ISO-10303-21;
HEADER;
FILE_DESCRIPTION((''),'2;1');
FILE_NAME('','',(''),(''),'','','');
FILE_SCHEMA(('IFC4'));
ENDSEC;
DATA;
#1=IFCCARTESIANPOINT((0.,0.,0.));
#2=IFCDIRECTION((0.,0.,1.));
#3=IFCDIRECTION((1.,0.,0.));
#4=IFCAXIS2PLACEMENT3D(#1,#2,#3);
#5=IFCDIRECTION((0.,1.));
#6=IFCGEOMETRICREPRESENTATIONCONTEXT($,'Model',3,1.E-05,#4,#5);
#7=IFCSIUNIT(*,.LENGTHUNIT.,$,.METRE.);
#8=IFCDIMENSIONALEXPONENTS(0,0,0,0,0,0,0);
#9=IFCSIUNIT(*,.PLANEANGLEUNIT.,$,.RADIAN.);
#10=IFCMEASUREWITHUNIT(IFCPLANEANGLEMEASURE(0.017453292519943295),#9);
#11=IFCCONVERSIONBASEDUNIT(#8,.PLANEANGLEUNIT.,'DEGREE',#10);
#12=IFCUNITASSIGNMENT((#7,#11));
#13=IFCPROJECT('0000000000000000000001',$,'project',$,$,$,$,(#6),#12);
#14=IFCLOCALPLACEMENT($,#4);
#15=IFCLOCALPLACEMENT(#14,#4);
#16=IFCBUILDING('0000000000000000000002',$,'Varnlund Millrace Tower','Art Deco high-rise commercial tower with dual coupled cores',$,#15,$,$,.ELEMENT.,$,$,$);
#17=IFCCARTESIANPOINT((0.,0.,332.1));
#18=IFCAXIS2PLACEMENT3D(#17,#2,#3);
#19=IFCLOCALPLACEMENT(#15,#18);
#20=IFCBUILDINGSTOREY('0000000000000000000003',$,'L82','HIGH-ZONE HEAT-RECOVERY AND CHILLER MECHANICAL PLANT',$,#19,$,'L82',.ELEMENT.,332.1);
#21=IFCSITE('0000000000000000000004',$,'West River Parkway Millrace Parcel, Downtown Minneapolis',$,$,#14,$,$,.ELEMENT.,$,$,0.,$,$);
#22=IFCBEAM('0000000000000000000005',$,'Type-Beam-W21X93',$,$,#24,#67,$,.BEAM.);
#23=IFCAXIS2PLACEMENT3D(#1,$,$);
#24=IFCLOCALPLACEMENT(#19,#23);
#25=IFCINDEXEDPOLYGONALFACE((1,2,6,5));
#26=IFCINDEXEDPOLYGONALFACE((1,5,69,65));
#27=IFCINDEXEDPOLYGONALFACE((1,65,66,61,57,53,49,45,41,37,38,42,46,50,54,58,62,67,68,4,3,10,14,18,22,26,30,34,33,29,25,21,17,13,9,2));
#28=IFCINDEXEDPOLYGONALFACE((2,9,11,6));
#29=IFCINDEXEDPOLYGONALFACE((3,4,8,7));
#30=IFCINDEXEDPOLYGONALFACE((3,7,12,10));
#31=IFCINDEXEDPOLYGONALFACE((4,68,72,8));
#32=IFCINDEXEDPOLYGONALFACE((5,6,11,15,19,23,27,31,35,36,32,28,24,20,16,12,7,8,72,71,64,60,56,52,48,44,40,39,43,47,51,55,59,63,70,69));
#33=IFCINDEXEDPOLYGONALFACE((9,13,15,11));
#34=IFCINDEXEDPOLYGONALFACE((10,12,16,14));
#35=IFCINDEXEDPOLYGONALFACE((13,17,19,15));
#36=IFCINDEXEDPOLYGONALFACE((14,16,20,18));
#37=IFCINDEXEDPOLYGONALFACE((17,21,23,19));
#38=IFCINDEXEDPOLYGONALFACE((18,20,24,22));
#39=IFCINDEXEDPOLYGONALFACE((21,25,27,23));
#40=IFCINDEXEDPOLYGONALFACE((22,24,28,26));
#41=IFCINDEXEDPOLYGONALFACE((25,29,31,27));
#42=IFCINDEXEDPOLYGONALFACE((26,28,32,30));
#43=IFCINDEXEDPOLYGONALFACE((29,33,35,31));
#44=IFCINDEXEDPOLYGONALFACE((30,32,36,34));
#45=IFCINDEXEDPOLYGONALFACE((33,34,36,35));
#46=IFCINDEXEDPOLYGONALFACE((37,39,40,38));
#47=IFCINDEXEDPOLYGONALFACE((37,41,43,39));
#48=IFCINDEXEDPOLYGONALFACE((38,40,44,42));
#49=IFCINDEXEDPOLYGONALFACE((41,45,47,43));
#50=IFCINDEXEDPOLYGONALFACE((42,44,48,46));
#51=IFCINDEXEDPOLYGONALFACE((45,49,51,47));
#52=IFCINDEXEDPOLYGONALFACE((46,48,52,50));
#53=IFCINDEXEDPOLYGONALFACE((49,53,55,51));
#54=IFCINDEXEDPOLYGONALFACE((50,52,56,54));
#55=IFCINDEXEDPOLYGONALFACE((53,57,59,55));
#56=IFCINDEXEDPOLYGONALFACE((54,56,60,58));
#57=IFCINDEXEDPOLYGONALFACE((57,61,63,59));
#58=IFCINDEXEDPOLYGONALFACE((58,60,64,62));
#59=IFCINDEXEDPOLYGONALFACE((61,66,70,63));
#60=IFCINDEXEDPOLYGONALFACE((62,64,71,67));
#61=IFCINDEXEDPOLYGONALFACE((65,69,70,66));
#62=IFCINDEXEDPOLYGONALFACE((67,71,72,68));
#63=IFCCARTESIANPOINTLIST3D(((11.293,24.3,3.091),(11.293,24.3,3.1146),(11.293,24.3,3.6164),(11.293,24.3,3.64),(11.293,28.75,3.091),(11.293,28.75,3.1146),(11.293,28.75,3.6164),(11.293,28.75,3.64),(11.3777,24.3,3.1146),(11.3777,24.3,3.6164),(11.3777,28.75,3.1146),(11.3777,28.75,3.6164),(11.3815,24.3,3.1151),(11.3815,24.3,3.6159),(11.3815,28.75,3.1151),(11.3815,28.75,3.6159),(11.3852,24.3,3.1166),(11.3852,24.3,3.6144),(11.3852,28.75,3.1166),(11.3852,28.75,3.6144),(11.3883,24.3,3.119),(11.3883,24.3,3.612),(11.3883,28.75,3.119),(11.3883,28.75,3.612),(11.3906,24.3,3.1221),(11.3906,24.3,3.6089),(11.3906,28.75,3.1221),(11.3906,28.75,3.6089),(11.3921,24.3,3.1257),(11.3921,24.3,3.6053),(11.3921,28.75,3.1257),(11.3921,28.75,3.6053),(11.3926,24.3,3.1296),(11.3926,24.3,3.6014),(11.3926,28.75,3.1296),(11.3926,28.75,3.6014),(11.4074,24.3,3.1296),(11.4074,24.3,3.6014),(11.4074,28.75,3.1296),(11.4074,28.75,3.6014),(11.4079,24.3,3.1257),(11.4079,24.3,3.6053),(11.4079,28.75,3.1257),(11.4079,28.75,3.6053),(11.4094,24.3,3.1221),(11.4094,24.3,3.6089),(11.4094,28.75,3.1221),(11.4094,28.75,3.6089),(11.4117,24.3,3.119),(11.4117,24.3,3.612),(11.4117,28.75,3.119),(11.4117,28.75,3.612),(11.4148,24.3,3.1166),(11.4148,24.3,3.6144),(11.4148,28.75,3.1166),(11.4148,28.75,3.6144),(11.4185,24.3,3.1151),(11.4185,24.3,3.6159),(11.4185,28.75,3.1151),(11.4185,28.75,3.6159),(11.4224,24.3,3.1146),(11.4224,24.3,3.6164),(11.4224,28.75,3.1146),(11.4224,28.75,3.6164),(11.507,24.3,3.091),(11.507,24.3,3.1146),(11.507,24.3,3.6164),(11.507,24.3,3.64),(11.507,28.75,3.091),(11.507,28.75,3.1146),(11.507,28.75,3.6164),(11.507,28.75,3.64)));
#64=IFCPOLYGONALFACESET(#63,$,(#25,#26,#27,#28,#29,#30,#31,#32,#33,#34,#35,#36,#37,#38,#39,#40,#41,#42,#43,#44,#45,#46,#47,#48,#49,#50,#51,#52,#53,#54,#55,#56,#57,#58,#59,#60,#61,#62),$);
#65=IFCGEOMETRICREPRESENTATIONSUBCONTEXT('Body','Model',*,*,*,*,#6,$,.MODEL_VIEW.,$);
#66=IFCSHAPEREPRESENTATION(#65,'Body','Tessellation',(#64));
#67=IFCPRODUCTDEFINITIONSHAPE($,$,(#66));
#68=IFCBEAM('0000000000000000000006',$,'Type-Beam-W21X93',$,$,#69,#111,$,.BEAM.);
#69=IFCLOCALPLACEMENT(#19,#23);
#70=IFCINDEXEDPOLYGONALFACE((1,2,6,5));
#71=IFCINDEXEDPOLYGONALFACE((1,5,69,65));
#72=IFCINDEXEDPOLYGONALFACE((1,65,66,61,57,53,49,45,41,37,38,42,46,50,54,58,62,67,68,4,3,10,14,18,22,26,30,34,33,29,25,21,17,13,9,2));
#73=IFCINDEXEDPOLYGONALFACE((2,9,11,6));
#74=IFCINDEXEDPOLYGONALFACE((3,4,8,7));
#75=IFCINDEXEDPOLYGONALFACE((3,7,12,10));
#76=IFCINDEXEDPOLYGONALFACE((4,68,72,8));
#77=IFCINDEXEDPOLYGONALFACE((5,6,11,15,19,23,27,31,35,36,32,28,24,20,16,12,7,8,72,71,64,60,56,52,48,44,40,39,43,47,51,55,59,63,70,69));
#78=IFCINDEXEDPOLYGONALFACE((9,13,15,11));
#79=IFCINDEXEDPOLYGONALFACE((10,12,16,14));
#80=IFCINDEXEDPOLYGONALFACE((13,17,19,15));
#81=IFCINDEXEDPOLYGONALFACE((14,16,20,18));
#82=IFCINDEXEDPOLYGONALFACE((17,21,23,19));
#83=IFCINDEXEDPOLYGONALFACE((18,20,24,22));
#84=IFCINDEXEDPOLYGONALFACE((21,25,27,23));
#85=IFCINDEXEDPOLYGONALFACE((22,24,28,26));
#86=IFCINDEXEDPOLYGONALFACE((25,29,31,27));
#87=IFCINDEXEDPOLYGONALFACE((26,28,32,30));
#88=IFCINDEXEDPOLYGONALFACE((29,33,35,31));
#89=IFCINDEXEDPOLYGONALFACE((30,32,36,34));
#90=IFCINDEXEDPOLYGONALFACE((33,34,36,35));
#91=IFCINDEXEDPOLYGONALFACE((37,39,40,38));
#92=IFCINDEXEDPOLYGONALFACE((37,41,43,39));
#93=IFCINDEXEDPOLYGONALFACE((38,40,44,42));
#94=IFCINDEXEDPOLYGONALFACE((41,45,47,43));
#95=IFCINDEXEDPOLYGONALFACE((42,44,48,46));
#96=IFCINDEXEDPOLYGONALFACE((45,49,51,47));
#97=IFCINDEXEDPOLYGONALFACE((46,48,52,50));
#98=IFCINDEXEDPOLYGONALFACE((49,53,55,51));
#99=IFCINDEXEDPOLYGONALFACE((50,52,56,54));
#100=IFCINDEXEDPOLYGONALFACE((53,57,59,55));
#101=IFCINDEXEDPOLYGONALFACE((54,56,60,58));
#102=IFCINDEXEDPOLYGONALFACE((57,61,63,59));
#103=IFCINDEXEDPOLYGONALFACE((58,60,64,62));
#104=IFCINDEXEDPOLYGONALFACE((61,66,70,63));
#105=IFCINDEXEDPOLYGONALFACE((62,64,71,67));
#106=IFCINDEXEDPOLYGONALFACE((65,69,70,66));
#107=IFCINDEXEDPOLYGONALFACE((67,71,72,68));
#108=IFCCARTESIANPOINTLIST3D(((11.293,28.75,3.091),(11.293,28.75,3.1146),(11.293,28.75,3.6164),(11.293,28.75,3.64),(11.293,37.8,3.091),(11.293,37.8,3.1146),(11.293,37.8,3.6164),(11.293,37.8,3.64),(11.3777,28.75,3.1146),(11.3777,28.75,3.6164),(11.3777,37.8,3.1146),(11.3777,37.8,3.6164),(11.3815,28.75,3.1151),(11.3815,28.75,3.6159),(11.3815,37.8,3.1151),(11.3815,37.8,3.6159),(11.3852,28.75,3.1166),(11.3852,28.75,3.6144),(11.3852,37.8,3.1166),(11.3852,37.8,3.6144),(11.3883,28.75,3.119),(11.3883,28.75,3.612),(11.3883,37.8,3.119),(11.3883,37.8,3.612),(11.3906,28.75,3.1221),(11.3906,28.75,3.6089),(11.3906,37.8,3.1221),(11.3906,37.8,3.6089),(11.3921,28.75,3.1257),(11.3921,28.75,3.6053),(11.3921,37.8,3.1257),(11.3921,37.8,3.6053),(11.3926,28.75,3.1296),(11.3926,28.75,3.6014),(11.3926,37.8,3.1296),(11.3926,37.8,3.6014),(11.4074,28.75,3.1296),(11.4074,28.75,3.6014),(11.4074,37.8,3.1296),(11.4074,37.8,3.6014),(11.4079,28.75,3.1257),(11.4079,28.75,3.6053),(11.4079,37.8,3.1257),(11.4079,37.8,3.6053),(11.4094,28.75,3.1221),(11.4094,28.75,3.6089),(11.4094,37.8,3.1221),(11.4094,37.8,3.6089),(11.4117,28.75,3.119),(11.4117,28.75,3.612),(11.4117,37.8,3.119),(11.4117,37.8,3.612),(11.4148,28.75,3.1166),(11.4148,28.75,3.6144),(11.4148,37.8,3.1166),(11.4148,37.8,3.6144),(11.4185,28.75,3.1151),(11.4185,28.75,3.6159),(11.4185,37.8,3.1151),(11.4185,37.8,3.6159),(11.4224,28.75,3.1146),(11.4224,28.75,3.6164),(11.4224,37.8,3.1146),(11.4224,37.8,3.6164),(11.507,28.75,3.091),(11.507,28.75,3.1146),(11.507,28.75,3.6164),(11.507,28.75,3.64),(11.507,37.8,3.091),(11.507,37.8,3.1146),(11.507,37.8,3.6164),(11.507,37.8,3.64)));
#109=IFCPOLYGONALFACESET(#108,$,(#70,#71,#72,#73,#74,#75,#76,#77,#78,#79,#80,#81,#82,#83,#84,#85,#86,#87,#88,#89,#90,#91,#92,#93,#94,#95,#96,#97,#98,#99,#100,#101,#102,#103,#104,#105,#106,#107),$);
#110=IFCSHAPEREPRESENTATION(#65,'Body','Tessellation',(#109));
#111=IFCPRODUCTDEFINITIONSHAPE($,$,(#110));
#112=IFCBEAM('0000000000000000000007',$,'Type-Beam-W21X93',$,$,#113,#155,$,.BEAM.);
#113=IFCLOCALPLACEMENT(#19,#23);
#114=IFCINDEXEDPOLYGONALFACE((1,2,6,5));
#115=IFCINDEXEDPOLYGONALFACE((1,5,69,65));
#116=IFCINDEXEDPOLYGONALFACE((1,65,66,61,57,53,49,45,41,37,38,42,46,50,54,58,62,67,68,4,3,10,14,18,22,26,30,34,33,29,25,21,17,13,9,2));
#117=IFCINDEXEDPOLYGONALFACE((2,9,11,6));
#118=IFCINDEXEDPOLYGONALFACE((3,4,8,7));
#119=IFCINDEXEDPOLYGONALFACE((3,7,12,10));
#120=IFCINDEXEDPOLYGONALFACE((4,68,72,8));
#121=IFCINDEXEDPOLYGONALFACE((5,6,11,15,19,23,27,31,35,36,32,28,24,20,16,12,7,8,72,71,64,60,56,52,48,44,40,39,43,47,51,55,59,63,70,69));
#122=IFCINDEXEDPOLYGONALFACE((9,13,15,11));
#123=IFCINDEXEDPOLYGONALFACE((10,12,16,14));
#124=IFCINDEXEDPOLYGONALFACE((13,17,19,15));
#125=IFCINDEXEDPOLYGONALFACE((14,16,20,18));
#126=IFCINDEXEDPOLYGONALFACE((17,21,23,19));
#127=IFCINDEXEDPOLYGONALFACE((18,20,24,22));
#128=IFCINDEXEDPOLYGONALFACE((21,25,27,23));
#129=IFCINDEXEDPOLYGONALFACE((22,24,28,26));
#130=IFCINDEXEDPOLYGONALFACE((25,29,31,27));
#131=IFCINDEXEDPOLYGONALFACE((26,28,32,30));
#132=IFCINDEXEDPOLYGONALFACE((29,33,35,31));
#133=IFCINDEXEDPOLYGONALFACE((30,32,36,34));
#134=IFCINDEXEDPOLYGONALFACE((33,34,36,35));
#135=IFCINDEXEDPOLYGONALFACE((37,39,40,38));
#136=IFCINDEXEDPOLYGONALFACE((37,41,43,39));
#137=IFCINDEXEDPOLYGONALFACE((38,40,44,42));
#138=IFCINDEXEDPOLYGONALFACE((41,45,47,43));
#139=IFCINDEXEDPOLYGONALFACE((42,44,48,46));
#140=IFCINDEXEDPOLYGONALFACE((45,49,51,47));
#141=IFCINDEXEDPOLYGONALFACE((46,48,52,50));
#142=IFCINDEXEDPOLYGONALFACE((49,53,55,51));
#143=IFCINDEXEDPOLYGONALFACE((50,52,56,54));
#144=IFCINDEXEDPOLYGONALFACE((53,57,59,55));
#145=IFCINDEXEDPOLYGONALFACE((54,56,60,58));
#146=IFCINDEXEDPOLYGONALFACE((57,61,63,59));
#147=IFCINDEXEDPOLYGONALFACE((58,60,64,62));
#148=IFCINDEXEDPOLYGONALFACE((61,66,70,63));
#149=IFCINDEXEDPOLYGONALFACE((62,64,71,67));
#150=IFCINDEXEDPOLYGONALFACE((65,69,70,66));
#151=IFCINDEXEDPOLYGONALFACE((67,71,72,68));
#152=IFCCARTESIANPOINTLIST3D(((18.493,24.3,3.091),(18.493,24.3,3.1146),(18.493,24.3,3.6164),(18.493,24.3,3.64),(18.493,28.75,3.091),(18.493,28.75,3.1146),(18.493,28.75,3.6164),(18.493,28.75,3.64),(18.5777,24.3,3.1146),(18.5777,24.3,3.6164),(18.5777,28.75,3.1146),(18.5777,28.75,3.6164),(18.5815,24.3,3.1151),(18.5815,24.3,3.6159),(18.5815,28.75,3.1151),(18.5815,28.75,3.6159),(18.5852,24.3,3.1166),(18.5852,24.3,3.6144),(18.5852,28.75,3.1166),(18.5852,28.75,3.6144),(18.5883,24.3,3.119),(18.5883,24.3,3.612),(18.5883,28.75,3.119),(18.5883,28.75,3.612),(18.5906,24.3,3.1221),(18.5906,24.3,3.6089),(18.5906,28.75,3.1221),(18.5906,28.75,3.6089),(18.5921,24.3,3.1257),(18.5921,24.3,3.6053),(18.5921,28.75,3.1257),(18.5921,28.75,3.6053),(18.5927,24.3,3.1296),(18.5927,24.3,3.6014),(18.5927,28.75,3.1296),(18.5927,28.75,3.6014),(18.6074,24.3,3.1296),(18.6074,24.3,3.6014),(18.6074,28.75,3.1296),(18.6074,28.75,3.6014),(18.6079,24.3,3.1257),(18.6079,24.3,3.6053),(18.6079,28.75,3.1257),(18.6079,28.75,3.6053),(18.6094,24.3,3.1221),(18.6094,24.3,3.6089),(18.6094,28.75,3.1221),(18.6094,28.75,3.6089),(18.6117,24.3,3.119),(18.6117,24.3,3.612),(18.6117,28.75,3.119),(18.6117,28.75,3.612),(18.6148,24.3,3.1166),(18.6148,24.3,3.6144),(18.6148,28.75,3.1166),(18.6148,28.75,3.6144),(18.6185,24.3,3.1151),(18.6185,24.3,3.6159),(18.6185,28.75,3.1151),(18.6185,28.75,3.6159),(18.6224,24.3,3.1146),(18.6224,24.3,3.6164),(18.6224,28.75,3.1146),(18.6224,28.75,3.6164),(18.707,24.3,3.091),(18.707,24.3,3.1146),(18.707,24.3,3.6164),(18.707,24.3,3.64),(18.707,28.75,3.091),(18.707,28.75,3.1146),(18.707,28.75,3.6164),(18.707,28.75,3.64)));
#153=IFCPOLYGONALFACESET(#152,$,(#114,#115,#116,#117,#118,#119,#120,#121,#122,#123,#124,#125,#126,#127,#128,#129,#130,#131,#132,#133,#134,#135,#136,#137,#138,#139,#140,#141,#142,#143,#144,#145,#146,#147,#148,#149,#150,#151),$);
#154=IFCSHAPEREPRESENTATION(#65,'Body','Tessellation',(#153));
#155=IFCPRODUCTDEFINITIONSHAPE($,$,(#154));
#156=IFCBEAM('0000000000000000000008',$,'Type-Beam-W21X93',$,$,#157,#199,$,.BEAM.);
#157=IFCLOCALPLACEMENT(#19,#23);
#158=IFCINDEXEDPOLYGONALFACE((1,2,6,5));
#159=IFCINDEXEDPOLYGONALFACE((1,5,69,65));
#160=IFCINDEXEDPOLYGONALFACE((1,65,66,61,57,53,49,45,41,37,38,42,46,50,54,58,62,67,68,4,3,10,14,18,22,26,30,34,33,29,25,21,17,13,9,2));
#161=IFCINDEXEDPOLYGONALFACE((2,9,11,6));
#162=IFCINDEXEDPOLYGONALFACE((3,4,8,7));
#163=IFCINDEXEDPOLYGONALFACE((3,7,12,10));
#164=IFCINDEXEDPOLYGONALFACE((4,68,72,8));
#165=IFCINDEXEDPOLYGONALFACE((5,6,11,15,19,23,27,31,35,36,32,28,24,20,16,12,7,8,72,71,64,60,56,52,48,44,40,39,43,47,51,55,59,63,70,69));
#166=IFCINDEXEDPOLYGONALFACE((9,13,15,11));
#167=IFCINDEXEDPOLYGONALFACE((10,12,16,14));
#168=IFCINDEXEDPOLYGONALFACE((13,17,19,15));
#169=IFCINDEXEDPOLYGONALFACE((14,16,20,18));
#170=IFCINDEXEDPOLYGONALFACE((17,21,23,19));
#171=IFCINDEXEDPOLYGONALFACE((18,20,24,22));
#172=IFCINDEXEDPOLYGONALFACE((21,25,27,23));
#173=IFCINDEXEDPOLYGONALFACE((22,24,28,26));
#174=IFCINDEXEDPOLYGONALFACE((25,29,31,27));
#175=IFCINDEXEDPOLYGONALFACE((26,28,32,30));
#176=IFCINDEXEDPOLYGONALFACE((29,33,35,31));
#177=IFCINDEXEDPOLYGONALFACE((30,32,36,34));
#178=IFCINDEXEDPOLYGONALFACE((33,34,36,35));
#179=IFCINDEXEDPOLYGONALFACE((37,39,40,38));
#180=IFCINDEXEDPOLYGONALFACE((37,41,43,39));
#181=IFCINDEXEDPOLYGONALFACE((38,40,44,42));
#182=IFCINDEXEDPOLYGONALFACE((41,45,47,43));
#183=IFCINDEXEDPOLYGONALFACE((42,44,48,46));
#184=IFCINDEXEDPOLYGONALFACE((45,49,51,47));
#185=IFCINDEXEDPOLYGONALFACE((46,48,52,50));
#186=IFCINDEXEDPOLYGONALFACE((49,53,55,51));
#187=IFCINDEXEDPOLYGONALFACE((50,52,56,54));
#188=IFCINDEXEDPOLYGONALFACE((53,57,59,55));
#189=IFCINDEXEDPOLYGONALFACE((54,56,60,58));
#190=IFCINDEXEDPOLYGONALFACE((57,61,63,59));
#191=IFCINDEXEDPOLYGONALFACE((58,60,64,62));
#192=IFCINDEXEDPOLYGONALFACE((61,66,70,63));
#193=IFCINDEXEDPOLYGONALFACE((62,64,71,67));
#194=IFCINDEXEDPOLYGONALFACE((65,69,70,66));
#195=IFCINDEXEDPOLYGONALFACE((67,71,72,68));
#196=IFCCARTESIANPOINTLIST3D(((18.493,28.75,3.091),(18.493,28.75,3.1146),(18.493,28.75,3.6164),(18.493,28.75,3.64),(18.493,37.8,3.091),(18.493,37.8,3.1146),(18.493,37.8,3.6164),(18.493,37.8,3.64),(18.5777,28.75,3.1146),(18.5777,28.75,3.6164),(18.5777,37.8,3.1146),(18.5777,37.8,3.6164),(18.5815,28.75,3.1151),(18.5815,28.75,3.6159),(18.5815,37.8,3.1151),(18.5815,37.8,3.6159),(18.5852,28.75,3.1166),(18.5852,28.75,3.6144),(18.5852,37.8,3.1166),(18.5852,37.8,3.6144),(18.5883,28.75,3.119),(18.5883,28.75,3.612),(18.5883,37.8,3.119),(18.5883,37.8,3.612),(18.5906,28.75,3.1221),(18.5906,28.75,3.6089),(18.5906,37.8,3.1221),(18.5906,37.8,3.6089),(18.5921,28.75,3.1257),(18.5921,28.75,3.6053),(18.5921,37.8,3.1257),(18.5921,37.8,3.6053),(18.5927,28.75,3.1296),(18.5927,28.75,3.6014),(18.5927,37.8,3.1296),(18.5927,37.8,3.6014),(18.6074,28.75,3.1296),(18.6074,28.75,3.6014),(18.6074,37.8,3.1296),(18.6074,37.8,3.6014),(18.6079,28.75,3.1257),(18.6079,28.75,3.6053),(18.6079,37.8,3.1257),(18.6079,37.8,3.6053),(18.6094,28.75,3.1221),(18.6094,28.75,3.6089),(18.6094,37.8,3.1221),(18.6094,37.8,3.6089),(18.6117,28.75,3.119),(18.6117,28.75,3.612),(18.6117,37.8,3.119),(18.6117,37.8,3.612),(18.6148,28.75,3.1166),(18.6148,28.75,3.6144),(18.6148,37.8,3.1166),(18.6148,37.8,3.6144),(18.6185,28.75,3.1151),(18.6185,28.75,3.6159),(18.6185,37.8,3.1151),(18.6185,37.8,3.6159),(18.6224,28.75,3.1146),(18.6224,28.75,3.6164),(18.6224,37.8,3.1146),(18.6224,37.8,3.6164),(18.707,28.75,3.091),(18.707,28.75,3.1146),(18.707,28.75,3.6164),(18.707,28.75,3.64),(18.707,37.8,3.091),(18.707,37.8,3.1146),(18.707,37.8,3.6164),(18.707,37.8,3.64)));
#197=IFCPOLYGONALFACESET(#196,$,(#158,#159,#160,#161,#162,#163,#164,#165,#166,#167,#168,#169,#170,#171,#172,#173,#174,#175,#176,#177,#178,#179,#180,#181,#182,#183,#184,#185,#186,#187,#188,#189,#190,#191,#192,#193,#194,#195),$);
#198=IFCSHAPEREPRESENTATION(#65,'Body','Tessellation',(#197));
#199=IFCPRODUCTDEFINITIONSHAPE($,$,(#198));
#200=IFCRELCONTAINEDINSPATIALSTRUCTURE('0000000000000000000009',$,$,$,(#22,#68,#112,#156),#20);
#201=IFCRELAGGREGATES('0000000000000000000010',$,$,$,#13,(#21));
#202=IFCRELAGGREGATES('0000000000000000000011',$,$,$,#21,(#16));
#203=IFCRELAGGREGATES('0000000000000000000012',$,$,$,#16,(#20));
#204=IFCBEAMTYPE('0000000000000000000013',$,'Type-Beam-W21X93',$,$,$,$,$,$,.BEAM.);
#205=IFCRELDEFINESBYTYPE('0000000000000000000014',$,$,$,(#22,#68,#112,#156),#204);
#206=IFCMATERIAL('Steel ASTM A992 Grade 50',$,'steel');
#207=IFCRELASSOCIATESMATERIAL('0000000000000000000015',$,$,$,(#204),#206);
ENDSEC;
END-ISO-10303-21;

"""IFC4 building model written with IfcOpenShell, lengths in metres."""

from ifc_helpers import new_model, entity, si_unit, converted_unit, direction, frame, origin_with_axes, origin_2d_with_axis, place, context, subcontext, project, spatial, i_section, extrude, material, material_profile, profile_set, type_object, element, save


model = new_model("IFC4")

# Units and contexts
model_context = context("Model", 3, precision=1e-05, world=origin_with_axes(), true_north=direction((0.0, 1.0)))
body_context = subcontext(model_context, "Body", "Model", "MODEL_VIEW")
ifc_project = project(units=[si_unit("LENGTHUNIT", "METRE"), converted_unit("PLANEANGLEUNIT", "DEGREE", entity("IfcPlaneAngleMeasure", 0.017453292519943295), si_unit("PLANEANGLEUNIT", "RADIAN"), dimensions=[0, 0, 0, 0, 0, 0, 0])], contexts=[model_context])

# Site, building, storey
site_placement = place(None, origin_with_axes())
site = spatial("IfcSite", under=ifc_project, at=site_placement, Name="West River Parkway Millrace Parcel, Downtown Minneapolis", CompositionType="ELEMENT", RefElevation=0.0)
building_placement = place(site_placement, origin_with_axes())
building = spatial("IfcBuilding", under=site, at=building_placement, Name="Varnlund Millrace Tower", Description="Art Deco high-rise commercial tower with dual coupled cores", CompositionType="ELEMENT")
storey_placement = place(building_placement, frame((0.0, 0.0, 332.1), z_axis=(0.0, 0.0, 1.0), x_axis=(1.0, 0.0, 0.0)))
storey = spatial("IfcBuildingStorey", under=building, at=storey_placement, Name="L82", Description="HIGH-ZONE HEAT-RECOVERY AND CHILLER MECHANICAL PLANT", LongName="L82", CompositionType="ELEMENT", Elevation=332.1)

# Beams
ifc_material_1 = material(Name="Steel ASTM A992 Grade 50", Category="steel")
ifc_material_profile_1 = material_profile(ifc_material_1, i_section(OverallWidth=0.214, OverallDepth=0.549, WebThickness=0.0147, FlangeThickness=0.0236, FilletRadius=0.015, at=origin_2d_with_axis()), Name="Steel ASTM A992 Grade 50")
ifc_profile_set_1 = profile_set([ifc_material_profile_1], Name="Steel ASTM A992 Grade 50")
beam_type_1 = type_object("IfcBeamType", Name="Type-Beam-W21X93", PredefinedType="BEAM", material=ifc_profile_set_1)
beam_1_placement = place(storey_placement, frame((11.4, 24.3, 3.3655), z_axis=(0.0, 1.0, 0.0), x_axis=(-1.0, 0.0, 0.0)))
element("IfcBeam", 1, at=beam_1_placement, inside=storey, type_object=beam_type_1, Name="Type-Beam-W21X93", PredefinedType="BEAM", context=body_context, shape_type="SweptSolid", body=[
    extrude(i_section(OverallWidth=0.214, OverallDepth=0.549, WebThickness=0.0147, FlangeThickness=0.0236, FilletRadius=0.015, at=origin_2d_with_axis()), origin_with_axes(), (0.0, 0.0, 1.0), 4.45),
])
beam_2_placement = place(storey_placement, frame((11.4, 28.75, 3.3655), z_axis=(0.0, 1.0, 0.0), x_axis=(-1.0, 0.0, 0.0)))
element("IfcBeam", 2, at=beam_2_placement, inside=storey, type_object=beam_type_1, Name="Type-Beam-W21X93", PredefinedType="BEAM", context=body_context, shape_type="SweptSolid", body=[
    extrude(i_section(OverallWidth=0.214, OverallDepth=0.549, WebThickness=0.0147, FlangeThickness=0.0236, FilletRadius=0.015, at=origin_2d_with_axis()), origin_with_axes(), (0.0, 0.0, 1.0), 9.05),
])
beam_3_placement = place(storey_placement, frame((18.6, 24.3, 3.3655), z_axis=(0.0, 1.0, 0.0), x_axis=(-1.0, 0.0, 0.0)))
element("IfcBeam", 3, at=beam_3_placement, inside=storey, type_object=beam_type_1, Name="Type-Beam-W21X93", PredefinedType="BEAM", context=body_context, shape_type="SweptSolid", body=[
    extrude(i_section(OverallWidth=0.214, OverallDepth=0.549, WebThickness=0.0147, FlangeThickness=0.0236, FilletRadius=0.015, at=origin_2d_with_axis()), origin_with_axes(), (0.0, 0.0, 1.0), 4.45),
])
beam_4_placement = place(storey_placement, frame((18.6, 28.75, 3.3655), z_axis=(0.0, 1.0, 0.0), x_axis=(-1.0, 0.0, 0.0)))
element("IfcBeam", 4, at=beam_4_placement, inside=storey, type_object=beam_type_1, Name="Type-Beam-W21X93", PredefinedType="BEAM", context=body_context, shape_type="SweptSolid", body=[
    extrude(i_section(OverallWidth=0.214, OverallDepth=0.549, WebThickness=0.0147, FlangeThickness=0.0236, FilletRadius=0.015, at=origin_2d_with_axis()), origin_with_axes(), (0.0, 0.0, 1.0), 9.05),
])

save(model, "model.ifc")
